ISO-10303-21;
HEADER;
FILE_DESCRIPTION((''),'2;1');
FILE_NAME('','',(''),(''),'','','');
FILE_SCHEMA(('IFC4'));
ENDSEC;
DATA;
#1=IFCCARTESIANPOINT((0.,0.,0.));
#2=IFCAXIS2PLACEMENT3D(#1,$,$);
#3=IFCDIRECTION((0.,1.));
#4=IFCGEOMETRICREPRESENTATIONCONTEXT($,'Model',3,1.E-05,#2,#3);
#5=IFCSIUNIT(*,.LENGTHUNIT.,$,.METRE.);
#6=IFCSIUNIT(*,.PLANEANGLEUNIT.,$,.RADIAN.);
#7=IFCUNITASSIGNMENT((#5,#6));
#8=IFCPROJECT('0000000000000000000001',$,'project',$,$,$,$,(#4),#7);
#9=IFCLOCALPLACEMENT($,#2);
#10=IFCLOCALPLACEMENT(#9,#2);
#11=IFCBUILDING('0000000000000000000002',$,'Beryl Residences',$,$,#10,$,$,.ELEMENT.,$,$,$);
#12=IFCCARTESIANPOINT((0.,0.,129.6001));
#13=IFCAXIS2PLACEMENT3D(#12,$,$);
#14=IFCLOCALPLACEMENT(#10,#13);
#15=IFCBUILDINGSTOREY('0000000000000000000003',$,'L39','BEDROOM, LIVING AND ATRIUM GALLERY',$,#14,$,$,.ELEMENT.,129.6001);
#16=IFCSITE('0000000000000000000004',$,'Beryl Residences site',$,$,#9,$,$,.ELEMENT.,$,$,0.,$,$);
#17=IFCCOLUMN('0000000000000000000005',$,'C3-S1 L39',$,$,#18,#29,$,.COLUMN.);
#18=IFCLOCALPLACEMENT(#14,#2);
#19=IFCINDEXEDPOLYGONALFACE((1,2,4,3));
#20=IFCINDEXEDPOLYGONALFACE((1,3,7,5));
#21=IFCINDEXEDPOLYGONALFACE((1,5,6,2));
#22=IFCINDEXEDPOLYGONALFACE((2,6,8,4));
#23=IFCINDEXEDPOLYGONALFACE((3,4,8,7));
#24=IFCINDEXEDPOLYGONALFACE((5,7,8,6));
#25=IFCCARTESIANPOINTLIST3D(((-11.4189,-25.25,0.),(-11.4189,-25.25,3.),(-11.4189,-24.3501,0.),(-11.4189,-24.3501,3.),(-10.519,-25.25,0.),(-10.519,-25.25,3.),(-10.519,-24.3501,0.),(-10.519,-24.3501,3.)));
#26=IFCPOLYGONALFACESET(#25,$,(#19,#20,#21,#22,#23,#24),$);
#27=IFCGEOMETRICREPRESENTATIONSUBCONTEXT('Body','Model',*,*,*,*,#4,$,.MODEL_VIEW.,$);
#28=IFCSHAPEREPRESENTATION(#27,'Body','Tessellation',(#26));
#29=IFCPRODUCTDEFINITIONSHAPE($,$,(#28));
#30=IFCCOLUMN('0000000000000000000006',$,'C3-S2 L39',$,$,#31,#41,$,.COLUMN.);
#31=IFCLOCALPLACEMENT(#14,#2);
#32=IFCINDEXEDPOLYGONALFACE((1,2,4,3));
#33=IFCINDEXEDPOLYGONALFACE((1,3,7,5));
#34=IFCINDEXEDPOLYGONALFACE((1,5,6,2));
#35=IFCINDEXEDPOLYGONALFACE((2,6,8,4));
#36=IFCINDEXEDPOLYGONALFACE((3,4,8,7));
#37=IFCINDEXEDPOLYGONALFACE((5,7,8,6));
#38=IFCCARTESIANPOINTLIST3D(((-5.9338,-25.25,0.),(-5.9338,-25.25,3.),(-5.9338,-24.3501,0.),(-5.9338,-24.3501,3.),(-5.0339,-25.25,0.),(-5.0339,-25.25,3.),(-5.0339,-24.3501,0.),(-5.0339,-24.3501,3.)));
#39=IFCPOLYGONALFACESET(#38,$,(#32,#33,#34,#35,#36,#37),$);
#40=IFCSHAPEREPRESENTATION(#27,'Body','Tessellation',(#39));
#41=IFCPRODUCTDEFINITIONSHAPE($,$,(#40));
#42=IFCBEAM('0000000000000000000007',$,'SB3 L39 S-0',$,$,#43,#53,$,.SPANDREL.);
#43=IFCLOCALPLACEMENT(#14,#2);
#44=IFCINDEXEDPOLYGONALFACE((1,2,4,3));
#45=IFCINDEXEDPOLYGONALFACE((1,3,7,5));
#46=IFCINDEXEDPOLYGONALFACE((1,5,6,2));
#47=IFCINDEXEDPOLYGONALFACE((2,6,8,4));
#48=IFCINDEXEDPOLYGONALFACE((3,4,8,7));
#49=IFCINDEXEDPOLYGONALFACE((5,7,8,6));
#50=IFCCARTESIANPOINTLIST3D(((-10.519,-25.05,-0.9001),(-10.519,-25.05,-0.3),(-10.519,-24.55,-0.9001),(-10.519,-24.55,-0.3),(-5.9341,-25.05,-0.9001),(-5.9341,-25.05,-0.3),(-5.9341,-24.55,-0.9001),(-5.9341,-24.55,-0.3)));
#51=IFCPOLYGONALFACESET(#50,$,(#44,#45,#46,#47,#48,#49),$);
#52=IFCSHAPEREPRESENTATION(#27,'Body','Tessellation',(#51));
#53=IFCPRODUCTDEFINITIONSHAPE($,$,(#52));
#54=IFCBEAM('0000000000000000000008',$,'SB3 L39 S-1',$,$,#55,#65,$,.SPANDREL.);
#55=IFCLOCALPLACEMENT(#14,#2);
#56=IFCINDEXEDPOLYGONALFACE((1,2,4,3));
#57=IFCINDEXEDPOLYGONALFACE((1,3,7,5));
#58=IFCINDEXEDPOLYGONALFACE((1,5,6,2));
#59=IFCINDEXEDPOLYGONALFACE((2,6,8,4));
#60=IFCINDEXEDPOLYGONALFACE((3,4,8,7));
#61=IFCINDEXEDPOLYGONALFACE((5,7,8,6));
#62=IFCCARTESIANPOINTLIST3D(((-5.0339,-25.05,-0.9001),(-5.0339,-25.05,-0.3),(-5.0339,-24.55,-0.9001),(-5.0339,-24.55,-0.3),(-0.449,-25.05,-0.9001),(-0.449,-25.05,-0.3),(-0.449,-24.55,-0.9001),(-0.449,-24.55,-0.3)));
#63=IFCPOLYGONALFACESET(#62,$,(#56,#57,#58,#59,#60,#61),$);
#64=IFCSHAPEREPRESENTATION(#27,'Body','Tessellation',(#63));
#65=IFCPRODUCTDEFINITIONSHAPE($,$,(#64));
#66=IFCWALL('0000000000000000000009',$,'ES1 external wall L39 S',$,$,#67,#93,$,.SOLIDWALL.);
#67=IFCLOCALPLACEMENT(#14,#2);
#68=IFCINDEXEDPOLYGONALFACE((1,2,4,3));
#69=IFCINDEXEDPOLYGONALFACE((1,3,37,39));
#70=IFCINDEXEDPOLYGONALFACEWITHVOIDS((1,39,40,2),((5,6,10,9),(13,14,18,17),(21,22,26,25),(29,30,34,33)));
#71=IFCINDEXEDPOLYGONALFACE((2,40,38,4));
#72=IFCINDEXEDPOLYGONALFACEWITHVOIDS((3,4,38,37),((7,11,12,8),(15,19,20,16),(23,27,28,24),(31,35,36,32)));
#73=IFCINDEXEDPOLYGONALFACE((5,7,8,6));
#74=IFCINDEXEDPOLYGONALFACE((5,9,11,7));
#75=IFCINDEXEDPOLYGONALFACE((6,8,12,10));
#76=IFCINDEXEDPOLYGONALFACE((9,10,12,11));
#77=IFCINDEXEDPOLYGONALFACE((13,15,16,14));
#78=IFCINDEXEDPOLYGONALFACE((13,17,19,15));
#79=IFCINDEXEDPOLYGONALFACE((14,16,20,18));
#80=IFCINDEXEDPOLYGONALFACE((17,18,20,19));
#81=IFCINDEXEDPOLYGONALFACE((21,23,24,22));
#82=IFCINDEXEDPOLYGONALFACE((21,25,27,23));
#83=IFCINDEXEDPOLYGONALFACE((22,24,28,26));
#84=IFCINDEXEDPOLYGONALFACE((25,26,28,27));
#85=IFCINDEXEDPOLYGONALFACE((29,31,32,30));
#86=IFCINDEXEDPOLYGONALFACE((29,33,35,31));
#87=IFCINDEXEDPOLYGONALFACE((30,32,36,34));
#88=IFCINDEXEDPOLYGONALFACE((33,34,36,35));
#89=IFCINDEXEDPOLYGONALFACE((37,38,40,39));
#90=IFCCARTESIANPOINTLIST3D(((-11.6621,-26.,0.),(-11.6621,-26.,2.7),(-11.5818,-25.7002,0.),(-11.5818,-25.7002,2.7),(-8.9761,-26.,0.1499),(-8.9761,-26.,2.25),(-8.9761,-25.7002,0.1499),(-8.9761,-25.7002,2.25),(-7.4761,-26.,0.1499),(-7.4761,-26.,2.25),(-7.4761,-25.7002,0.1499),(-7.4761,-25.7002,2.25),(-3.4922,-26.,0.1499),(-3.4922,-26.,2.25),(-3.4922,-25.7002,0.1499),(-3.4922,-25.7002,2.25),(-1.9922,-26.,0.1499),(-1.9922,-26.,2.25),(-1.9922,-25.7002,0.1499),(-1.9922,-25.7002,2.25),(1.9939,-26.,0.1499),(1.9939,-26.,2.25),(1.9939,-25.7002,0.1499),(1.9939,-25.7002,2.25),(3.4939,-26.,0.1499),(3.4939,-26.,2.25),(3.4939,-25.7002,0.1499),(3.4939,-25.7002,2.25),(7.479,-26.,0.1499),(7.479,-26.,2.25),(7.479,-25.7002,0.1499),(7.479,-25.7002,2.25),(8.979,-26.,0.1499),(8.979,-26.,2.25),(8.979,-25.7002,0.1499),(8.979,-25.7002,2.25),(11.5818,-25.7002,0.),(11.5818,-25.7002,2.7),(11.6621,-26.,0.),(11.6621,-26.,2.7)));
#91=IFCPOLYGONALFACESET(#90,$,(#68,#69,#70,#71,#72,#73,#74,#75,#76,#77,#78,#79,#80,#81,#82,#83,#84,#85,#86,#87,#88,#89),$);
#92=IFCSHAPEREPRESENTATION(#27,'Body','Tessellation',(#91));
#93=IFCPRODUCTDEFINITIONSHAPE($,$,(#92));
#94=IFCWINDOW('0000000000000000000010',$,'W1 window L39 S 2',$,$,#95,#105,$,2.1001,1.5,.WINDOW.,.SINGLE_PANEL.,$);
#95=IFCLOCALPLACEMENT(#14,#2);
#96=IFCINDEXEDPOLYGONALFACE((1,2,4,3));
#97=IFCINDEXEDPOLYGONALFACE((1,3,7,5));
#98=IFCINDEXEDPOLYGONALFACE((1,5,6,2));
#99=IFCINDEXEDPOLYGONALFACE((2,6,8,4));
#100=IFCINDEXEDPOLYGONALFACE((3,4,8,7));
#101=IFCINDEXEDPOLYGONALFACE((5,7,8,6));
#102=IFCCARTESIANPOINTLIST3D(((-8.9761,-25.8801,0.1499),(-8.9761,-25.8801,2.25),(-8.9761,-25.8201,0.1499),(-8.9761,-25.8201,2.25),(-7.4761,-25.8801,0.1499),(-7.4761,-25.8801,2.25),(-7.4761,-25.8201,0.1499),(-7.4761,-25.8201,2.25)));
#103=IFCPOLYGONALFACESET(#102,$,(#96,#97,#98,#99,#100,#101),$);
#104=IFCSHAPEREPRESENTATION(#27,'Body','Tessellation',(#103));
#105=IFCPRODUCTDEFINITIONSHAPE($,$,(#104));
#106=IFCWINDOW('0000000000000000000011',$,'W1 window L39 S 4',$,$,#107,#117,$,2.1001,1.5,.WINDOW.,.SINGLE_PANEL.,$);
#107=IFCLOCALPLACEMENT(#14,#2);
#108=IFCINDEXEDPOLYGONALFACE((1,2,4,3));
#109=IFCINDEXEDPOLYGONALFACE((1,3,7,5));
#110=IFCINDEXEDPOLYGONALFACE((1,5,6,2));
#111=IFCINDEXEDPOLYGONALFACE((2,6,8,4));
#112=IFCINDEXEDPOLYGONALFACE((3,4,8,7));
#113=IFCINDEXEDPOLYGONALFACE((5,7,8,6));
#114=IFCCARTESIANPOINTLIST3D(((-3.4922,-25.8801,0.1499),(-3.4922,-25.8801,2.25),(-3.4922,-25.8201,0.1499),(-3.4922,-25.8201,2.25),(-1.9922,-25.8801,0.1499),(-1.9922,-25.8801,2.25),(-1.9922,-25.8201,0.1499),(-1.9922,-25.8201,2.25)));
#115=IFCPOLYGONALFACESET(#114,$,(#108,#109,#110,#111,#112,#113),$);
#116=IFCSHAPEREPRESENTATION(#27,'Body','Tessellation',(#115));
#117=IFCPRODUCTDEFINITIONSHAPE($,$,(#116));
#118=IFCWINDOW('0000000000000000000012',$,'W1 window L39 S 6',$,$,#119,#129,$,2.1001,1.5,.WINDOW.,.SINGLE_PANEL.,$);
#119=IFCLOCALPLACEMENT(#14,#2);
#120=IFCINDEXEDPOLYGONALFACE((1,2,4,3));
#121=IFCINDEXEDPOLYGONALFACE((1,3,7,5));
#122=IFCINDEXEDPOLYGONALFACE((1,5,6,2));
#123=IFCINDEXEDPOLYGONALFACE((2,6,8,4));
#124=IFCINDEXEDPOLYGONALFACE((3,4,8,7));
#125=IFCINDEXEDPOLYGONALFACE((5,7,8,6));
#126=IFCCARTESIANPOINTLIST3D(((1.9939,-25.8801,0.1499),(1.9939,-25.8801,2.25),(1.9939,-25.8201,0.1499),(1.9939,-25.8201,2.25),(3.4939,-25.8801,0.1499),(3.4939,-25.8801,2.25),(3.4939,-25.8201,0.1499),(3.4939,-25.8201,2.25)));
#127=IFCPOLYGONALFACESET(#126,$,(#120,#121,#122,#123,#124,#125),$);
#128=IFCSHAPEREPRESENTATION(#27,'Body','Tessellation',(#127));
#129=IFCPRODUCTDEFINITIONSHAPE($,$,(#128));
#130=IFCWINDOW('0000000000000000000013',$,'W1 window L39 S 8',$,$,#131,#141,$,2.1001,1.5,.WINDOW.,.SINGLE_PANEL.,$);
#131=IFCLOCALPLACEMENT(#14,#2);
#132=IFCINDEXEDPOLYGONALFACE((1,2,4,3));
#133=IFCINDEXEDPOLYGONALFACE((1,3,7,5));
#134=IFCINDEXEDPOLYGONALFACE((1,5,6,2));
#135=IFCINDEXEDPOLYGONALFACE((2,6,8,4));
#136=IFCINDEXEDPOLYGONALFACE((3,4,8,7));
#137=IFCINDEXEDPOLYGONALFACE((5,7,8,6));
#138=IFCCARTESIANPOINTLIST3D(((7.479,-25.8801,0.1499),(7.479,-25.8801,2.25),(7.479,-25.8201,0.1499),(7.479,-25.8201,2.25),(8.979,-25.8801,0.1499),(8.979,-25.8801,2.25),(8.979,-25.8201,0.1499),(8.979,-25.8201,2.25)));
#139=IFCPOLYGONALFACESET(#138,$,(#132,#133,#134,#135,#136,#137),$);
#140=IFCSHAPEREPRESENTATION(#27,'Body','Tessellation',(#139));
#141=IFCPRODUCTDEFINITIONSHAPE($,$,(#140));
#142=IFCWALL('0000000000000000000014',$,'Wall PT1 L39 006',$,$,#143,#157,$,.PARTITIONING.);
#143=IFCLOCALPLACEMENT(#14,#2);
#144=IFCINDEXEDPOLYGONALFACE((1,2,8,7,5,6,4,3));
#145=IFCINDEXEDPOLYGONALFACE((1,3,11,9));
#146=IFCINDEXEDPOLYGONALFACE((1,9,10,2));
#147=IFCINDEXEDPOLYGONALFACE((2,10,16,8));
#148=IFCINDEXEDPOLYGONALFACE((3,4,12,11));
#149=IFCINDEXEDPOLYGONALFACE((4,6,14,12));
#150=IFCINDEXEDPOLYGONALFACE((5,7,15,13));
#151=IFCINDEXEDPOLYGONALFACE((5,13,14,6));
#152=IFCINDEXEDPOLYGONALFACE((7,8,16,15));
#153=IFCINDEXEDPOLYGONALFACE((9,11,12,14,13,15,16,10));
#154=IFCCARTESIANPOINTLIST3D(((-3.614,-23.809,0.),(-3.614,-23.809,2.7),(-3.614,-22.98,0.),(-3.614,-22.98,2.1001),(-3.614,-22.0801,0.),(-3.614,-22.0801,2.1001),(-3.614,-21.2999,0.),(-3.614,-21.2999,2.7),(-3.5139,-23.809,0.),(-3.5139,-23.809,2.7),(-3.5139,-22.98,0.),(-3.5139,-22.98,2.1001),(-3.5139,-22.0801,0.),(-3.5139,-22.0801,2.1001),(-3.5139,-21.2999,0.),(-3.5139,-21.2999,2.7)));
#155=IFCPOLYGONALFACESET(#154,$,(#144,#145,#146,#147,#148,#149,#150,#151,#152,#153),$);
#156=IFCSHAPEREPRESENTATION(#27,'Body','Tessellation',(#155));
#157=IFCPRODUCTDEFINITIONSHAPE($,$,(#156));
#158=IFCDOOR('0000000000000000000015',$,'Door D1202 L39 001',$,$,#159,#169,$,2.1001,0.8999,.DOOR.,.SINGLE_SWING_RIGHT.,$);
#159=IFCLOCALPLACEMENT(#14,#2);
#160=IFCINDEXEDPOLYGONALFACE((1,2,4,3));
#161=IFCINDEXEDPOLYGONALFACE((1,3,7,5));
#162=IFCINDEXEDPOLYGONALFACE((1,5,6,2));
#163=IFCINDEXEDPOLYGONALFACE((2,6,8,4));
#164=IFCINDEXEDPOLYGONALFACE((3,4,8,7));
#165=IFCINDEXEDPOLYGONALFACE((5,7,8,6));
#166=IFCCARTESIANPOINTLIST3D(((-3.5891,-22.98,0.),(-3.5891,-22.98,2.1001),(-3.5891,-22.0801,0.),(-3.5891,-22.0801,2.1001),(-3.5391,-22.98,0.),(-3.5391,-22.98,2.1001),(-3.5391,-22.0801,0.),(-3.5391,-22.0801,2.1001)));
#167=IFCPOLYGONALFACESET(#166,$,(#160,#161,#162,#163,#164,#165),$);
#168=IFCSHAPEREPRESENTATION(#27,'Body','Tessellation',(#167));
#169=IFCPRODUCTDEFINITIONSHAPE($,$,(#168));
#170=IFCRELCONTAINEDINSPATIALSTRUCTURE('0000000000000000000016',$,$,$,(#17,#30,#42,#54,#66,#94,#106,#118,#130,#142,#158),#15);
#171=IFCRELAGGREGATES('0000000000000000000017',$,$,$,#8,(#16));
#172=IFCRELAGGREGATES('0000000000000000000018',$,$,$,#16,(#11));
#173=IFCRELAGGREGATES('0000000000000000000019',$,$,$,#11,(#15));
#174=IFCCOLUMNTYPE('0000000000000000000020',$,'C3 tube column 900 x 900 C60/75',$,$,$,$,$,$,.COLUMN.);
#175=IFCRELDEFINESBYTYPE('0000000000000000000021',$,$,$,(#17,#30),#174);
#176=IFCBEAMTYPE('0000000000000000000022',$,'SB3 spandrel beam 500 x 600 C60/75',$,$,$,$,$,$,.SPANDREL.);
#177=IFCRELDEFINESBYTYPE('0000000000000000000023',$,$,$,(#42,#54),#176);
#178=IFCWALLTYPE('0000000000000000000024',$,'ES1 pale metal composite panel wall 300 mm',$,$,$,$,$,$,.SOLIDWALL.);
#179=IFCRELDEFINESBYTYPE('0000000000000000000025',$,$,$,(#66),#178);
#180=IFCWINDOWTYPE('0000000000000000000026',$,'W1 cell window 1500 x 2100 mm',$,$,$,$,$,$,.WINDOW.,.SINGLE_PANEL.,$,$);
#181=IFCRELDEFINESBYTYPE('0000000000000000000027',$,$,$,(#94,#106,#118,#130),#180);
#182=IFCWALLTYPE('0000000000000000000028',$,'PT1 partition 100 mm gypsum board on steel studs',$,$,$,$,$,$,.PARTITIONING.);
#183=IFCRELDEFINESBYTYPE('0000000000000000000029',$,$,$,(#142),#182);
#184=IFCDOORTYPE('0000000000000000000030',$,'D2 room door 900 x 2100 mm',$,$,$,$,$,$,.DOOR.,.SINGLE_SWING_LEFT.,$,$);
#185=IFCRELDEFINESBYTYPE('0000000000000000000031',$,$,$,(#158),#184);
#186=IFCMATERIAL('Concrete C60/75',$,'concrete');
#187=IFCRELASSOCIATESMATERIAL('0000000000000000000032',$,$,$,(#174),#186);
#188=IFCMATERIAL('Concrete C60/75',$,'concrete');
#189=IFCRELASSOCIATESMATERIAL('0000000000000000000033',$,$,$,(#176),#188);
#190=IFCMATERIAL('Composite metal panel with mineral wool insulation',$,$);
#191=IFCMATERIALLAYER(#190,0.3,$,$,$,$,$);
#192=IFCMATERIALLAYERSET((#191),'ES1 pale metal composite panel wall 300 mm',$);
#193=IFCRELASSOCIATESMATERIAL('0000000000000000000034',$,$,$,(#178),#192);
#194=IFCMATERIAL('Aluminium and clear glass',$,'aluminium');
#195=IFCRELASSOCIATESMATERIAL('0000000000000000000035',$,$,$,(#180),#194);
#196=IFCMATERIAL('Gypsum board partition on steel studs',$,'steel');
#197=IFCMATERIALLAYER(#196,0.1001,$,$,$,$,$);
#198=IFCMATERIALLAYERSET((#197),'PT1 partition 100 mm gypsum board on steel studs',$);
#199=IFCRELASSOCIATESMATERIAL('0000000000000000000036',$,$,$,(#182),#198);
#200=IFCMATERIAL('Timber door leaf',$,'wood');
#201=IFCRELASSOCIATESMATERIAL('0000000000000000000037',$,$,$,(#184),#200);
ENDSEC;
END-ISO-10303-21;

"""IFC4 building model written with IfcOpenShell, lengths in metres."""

from ifc_helpers import new_model, si_unit, direction, frame, frame_2d, origin, origin_2d, place, context, subcontext, project, spatial, polyline, rectangle, outline, extrude, material, layer, layer_set, material_profile, profile_set, type_object, element, fill, save


model = new_model("IFC4")

# Units and contexts
model_context = context("Model", 3, precision=1e-05, world=origin(), true_north=direction((0.0, 1.0)))
body_context = subcontext(model_context, "Body", "Model", "MODEL_VIEW")
ifc_project = project(units=[si_unit("LENGTHUNIT", "METRE"), si_unit("PLANEANGLEUNIT", "RADIAN")], contexts=[model_context])

# Site, building, storey
site_placement = place(None, origin())
site = spatial("IfcSite", under=ifc_project, at=site_placement, Name="Beryl Residences site", CompositionType="ELEMENT", RefElevation=0.0)
building_placement = place(site_placement, origin())
building = spatial("IfcBuilding", under=site, at=building_placement, Name="Beryl Residences", CompositionType="ELEMENT")
storey_placement = place(building_placement, frame((0.0, 0.0, 129.6001)))
storey = spatial("IfcBuildingStorey", under=building, at=storey_placement, Name="L39", Description="BEDROOM, LIVING AND ATRIUM GALLERY", CompositionType="ELEMENT", Elevation=129.6001)

# Columns
ifc_material_1 = material(Name="Concrete C60/75", Category="concrete")
ifc_material_profile_1 = material_profile(ifc_material_1, rectangle(XDim=0.8999, YDim=0.8999, at=origin_2d()))
ifc_profile_set_1 = profile_set([ifc_material_profile_1], Name="Concrete C60/75")
column_type = type_object("IfcColumnType", Name="C3 tube column 900 x 900 C60/75", PredefinedType="COLUMN", material=ifc_profile_set_1)
for number, where, z_axis, x_axis, name in (
    (1, (-10.969, -24.8, 0.0), (0.0, 0.0, 1.0), (1.0, 0.0, 0.0), "C3-S1 L39"),
    (2, (-5.4839, -24.8, 0.0), (0.0, 0.0, 1.0), (1.0, 0.0, 0.0), "C3-S2 L39"),
):
    element("IfcColumn", number, at=place(storey_placement, frame(where, z_axis=z_axis, x_axis=x_axis)), inside=storey, type_object=column_type, Name=name, PredefinedType="COLUMN", context=body_context, shape_type="SweptSolid", body=[
        extrude(rectangle(XDim=0.8999, YDim=0.8999, at=origin_2d()), origin(), (0.0, 0.0, 1.0), 3.0),
    ])

# Beams
ifc_material_2 = material(Name="Concrete C60/75", Category="concrete")
ifc_material_profile_2 = material_profile(ifc_material_2, rectangle(XDim=0.5, YDim=0.6001, at=origin_2d()))
ifc_profile_set_2 = profile_set([ifc_material_profile_2], Name="Concrete C60/75")
beam_type = type_object("IfcBeamType", Name="SB3 spandrel beam 500 x 600 C60/75", PredefinedType="SPANDREL", material=ifc_profile_set_2)
for number, where, z_axis, x_axis, name in (
    (3, (-10.519, -24.8, -0.6001), (1.0, 0.0, 0.0), (0.0, 1.0, 0.0), "SB3 L39 S-0"),
    (4, (-5.0339, -24.8, -0.6001), (1.0, 0.0, 0.0), (0.0, 1.0, 0.0), "SB3 L39 S-1"),
):
    element("IfcBeam", number, at=place(storey_placement, frame(where, z_axis=z_axis, x_axis=x_axis)), inside=storey, type_object=beam_type, Name=name, PredefinedType="SPANDREL", context=body_context, shape_type="SweptSolid", body=[
        extrude(rectangle(XDim=0.5, YDim=0.6001, at=origin_2d()), origin(), (0.0, 0.0, 1.0), 4.585),
    ])

# Wall, openings, windows
ifc_material_3 = material(Name="Composite metal panel with mineral wool insulation")
ifc_layer_1 = layer(ifc_material_3, 0.3)
ifc_layer_set_1 = layer_set([ifc_layer_1], Name="ES1 pale metal composite panel wall 300 mm")
wall_type_1 = type_object("IfcWallType", Name="ES1 pale metal composite panel wall 300 mm", PredefinedType="SOLIDWALL", material=ifc_layer_set_1)
wall_1_placement = place(storey_placement, frame((-11.6621, -25.8501, 0.0), z_axis=(0.0, 0.0, 1.0), x_axis=(1.0, 0.0, 0.0)))
wall_1 = element("IfcWall", 5, at=wall_1_placement, inside=storey, type_object=wall_type_1, Name="ES1 external wall L39 S", PredefinedType="SOLIDWALL", context=body_context, shape_type="SweptSolid", body=[
    extrude(outline(polyline([(0.0, -0.1499), (23.3242, -0.1499), (23.2439, 0.1499), (0.0803, 0.1499), (0.0, -0.1499)])), origin(), (0.0, 0.0, 1.0), 2.7),
])
opening_1_placement = place(wall_1_placement, frame((2.686, 0.0, 0.1499)))
opening_1 = element("IfcOpeningElement", 6, at=opening_1_placement, cuts=wall_1, PredefinedType="OPENING", context=body_context, shape_type="SweptSolid", body=[
    extrude(rectangle(XDim=1.5, YDim=2.1001, at=frame_2d((0.75, 1.05))), frame((0.0, 0.1599, 0.0), z_axis=(0.0, -1.0, 0.0), x_axis=(1.0, 0.0, 0.0)), (0.0, 0.0, 1.0), 0.3201),
])
opening_2_placement = place(wall_1_placement, frame((8.1699, 0.0, 0.1499)))
opening_2 = element("IfcOpeningElement", 7, at=opening_2_placement, cuts=wall_1, PredefinedType="OPENING", context=body_context, shape_type="SweptSolid", body=[
    extrude(rectangle(XDim=1.5, YDim=2.1001, at=frame_2d((0.75, 1.05))), frame((0.0, 0.1599, 0.0), z_axis=(0.0, -1.0, 0.0), x_axis=(1.0, 0.0, 0.0)), (0.0, 0.0, 1.0), 0.3201),
])
opening_3_placement = place(wall_1_placement, frame((13.656, 0.0, 0.1499)))
opening_3 = element("IfcOpeningElement", 8, at=opening_3_placement, cuts=wall_1, PredefinedType="OPENING", context=body_context, shape_type="SweptSolid", body=[
    extrude(rectangle(XDim=1.5, YDim=2.1001, at=frame_2d((0.75, 1.05))), frame((0.0, 0.1599, 0.0), z_axis=(0.0, -1.0, 0.0), x_axis=(1.0, 0.0, 0.0)), (0.0, 0.0, 1.0), 0.3201),
])
opening_4_placement = place(wall_1_placement, frame((19.1411, 0.0, 0.1499)))
opening_4 = element("IfcOpeningElement", 9, at=opening_4_placement, cuts=wall_1, PredefinedType="OPENING", context=body_context, shape_type="SweptSolid", body=[
    extrude(rectangle(XDim=1.5, YDim=2.1001, at=frame_2d((0.75, 1.05))), frame((0.0, 0.1599, 0.0), z_axis=(0.0, -1.0, 0.0), x_axis=(1.0, 0.0, 0.0)), (0.0, 0.0, 1.0), 0.3201),
])
ifc_material_4 = material(Name="Aluminium and clear glass", Category="aluminium")
window_type = type_object("IfcWindowType", Name="W1 cell window 1500 x 2100 mm", PartitioningType="SINGLE_PANEL", PredefinedType="WINDOW", material=ifc_material_4)
window_1_placement = place(opening_1_placement, origin())
window_1 = element("IfcWindow", 10, at=window_1_placement, inside=storey, type_object=window_type, Name="W1 window L39 S 2", OverallHeight=2.1001, OverallWidth=1.5, PartitioningType="SINGLE_PANEL", PredefinedType="WINDOW", context=body_context, shape_type="SweptSolid", body=[
    extrude(rectangle(XDim=1.5, YDim=2.1001, at=frame_2d((0.75, 1.05))), frame((0.0, 0.03, 0.0), z_axis=(0.0, -1.0, 0.0), x_axis=(1.0, 0.0, 0.0)), (0.0, 0.0, 1.0), 0.0601),
])
fill(opening_1, window_1)
window_2_placement = place(opening_2_placement, origin())
window_2 = element("IfcWindow", 11, at=window_2_placement, inside=storey, type_object=window_type, Name="W1 window L39 S 4", OverallHeight=2.1001, OverallWidth=1.5, PartitioningType="SINGLE_PANEL", PredefinedType="WINDOW", context=body_context, shape_type="SweptSolid", body=[
    extrude(rectangle(XDim=1.5, YDim=2.1001, at=frame_2d((0.75, 1.05))), frame((0.0, 0.03, 0.0), z_axis=(0.0, -1.0, 0.0), x_axis=(1.0, 0.0, 0.0)), (0.0, 0.0, 1.0), 0.0601),
])
fill(opening_2, window_2)
window_3_placement = place(opening_3_placement, origin())
window_3 = element("IfcWindow", 12, at=window_3_placement, inside=storey, type_object=window_type, Name="W1 window L39 S 6", OverallHeight=2.1001, OverallWidth=1.5, PartitioningType="SINGLE_PANEL", PredefinedType="WINDOW", context=body_context, shape_type="SweptSolid", body=[
    extrude(rectangle(XDim=1.5, YDim=2.1001, at=frame_2d((0.75, 1.05))), frame((0.0, 0.03, 0.0), z_axis=(0.0, -1.0, 0.0), x_axis=(1.0, 0.0, 0.0)), (0.0, 0.0, 1.0), 0.0601),
])
fill(opening_3, window_3)
window_4_placement = place(opening_4_placement, origin())
window_4 = element("IfcWindow", 13, at=window_4_placement, inside=storey, type_object=window_type, Name="W1 window L39 S 8", OverallHeight=2.1001, OverallWidth=1.5, PartitioningType="SINGLE_PANEL", PredefinedType="WINDOW", context=body_context, shape_type="SweptSolid", body=[
    extrude(rectangle(XDim=1.5, YDim=2.1001, at=frame_2d((0.75, 1.05))), frame((0.0, 0.03, 0.0), z_axis=(0.0, -1.0, 0.0), x_axis=(1.0, 0.0, 0.0)), (0.0, 0.0, 1.0), 0.0601),
])
fill(opening_4, window_4)

# Wall, opening, door
ifc_material_5 = material(Name="Gypsum board partition on steel studs", Category="steel")
ifc_layer_2 = layer(ifc_material_5, 0.1001)
ifc_layer_set_2 = layer_set([ifc_layer_2], Name="PT1 partition 100 mm gypsum board on steel studs")
wall_type_2 = type_object("IfcWallType", Name="PT1 partition 100 mm gypsum board on steel studs", PredefinedType="PARTITIONING", material=ifc_layer_set_2)
wall_2_placement = place(storey_placement, frame((-3.564, -21.3, 0.0), z_axis=(0.0, 0.0, 1.0), x_axis=(0.0, -1.0, 0.0)))
wall_2 = element("IfcWall", 14, at=wall_2_placement, inside=storey, type_object=wall_type_2, Name="Wall PT1 L39 006", PredefinedType="PARTITIONING", context=body_context, shape_type="SweptSolid", body=[
    extrude(rectangle(XDim=2.509, YDim=0.1001, at=frame_2d((1.2544, 0.0))), origin(), (0.0, 0.0, 1.0), 2.7),
])
opening_5_placement = place(wall_2_placement, frame((0.78, 0.0, 0.0)))
opening_5 = element("IfcOpeningElement", 15, at=opening_5_placement, cuts=wall_2, PredefinedType="OPENING", context=body_context, shape_type="SweptSolid", body=[
    extrude(rectangle(XDim=0.8999, YDim=2.1001, at=frame_2d((0.45, 1.05))), frame((0.0, 0.0601, 0.0), z_axis=(0.0, -1.0, 0.0), x_axis=(1.0, 0.0, 0.0)), (0.0, 0.0, 1.0), 0.1201),
])
ifc_material_6 = material(Name="Timber door leaf", Category="wood")
door_type_1 = type_object("IfcDoorType", Name="D2 room door 900 x 2100 mm", OperationType="SINGLE_SWING_LEFT", PredefinedType="DOOR", material=ifc_material_6)
door_1_placement = place(opening_5_placement, origin())
door_1 = element("IfcDoor", 16, at=door_1_placement, inside=storey, type_object=door_type_1, Name="Door D1202 L39 001", OperationType="SINGLE_SWING_RIGHT", OverallHeight=2.1001, OverallWidth=0.8999, PredefinedType="DOOR", context=body_context, shape_type="SweptSolid", body=[
    extrude(rectangle(XDim=0.8999, YDim=2.1001, at=frame_2d((0.45, 1.05))), frame((0.0, 0.0249, 0.0), z_axis=(0.0, -1.0, 0.0), x_axis=(1.0, 0.0, 0.0)), (0.0, 0.0, 1.0), 0.05),
])
fill(opening_5, door_1)

save(model, "model.ifc")
